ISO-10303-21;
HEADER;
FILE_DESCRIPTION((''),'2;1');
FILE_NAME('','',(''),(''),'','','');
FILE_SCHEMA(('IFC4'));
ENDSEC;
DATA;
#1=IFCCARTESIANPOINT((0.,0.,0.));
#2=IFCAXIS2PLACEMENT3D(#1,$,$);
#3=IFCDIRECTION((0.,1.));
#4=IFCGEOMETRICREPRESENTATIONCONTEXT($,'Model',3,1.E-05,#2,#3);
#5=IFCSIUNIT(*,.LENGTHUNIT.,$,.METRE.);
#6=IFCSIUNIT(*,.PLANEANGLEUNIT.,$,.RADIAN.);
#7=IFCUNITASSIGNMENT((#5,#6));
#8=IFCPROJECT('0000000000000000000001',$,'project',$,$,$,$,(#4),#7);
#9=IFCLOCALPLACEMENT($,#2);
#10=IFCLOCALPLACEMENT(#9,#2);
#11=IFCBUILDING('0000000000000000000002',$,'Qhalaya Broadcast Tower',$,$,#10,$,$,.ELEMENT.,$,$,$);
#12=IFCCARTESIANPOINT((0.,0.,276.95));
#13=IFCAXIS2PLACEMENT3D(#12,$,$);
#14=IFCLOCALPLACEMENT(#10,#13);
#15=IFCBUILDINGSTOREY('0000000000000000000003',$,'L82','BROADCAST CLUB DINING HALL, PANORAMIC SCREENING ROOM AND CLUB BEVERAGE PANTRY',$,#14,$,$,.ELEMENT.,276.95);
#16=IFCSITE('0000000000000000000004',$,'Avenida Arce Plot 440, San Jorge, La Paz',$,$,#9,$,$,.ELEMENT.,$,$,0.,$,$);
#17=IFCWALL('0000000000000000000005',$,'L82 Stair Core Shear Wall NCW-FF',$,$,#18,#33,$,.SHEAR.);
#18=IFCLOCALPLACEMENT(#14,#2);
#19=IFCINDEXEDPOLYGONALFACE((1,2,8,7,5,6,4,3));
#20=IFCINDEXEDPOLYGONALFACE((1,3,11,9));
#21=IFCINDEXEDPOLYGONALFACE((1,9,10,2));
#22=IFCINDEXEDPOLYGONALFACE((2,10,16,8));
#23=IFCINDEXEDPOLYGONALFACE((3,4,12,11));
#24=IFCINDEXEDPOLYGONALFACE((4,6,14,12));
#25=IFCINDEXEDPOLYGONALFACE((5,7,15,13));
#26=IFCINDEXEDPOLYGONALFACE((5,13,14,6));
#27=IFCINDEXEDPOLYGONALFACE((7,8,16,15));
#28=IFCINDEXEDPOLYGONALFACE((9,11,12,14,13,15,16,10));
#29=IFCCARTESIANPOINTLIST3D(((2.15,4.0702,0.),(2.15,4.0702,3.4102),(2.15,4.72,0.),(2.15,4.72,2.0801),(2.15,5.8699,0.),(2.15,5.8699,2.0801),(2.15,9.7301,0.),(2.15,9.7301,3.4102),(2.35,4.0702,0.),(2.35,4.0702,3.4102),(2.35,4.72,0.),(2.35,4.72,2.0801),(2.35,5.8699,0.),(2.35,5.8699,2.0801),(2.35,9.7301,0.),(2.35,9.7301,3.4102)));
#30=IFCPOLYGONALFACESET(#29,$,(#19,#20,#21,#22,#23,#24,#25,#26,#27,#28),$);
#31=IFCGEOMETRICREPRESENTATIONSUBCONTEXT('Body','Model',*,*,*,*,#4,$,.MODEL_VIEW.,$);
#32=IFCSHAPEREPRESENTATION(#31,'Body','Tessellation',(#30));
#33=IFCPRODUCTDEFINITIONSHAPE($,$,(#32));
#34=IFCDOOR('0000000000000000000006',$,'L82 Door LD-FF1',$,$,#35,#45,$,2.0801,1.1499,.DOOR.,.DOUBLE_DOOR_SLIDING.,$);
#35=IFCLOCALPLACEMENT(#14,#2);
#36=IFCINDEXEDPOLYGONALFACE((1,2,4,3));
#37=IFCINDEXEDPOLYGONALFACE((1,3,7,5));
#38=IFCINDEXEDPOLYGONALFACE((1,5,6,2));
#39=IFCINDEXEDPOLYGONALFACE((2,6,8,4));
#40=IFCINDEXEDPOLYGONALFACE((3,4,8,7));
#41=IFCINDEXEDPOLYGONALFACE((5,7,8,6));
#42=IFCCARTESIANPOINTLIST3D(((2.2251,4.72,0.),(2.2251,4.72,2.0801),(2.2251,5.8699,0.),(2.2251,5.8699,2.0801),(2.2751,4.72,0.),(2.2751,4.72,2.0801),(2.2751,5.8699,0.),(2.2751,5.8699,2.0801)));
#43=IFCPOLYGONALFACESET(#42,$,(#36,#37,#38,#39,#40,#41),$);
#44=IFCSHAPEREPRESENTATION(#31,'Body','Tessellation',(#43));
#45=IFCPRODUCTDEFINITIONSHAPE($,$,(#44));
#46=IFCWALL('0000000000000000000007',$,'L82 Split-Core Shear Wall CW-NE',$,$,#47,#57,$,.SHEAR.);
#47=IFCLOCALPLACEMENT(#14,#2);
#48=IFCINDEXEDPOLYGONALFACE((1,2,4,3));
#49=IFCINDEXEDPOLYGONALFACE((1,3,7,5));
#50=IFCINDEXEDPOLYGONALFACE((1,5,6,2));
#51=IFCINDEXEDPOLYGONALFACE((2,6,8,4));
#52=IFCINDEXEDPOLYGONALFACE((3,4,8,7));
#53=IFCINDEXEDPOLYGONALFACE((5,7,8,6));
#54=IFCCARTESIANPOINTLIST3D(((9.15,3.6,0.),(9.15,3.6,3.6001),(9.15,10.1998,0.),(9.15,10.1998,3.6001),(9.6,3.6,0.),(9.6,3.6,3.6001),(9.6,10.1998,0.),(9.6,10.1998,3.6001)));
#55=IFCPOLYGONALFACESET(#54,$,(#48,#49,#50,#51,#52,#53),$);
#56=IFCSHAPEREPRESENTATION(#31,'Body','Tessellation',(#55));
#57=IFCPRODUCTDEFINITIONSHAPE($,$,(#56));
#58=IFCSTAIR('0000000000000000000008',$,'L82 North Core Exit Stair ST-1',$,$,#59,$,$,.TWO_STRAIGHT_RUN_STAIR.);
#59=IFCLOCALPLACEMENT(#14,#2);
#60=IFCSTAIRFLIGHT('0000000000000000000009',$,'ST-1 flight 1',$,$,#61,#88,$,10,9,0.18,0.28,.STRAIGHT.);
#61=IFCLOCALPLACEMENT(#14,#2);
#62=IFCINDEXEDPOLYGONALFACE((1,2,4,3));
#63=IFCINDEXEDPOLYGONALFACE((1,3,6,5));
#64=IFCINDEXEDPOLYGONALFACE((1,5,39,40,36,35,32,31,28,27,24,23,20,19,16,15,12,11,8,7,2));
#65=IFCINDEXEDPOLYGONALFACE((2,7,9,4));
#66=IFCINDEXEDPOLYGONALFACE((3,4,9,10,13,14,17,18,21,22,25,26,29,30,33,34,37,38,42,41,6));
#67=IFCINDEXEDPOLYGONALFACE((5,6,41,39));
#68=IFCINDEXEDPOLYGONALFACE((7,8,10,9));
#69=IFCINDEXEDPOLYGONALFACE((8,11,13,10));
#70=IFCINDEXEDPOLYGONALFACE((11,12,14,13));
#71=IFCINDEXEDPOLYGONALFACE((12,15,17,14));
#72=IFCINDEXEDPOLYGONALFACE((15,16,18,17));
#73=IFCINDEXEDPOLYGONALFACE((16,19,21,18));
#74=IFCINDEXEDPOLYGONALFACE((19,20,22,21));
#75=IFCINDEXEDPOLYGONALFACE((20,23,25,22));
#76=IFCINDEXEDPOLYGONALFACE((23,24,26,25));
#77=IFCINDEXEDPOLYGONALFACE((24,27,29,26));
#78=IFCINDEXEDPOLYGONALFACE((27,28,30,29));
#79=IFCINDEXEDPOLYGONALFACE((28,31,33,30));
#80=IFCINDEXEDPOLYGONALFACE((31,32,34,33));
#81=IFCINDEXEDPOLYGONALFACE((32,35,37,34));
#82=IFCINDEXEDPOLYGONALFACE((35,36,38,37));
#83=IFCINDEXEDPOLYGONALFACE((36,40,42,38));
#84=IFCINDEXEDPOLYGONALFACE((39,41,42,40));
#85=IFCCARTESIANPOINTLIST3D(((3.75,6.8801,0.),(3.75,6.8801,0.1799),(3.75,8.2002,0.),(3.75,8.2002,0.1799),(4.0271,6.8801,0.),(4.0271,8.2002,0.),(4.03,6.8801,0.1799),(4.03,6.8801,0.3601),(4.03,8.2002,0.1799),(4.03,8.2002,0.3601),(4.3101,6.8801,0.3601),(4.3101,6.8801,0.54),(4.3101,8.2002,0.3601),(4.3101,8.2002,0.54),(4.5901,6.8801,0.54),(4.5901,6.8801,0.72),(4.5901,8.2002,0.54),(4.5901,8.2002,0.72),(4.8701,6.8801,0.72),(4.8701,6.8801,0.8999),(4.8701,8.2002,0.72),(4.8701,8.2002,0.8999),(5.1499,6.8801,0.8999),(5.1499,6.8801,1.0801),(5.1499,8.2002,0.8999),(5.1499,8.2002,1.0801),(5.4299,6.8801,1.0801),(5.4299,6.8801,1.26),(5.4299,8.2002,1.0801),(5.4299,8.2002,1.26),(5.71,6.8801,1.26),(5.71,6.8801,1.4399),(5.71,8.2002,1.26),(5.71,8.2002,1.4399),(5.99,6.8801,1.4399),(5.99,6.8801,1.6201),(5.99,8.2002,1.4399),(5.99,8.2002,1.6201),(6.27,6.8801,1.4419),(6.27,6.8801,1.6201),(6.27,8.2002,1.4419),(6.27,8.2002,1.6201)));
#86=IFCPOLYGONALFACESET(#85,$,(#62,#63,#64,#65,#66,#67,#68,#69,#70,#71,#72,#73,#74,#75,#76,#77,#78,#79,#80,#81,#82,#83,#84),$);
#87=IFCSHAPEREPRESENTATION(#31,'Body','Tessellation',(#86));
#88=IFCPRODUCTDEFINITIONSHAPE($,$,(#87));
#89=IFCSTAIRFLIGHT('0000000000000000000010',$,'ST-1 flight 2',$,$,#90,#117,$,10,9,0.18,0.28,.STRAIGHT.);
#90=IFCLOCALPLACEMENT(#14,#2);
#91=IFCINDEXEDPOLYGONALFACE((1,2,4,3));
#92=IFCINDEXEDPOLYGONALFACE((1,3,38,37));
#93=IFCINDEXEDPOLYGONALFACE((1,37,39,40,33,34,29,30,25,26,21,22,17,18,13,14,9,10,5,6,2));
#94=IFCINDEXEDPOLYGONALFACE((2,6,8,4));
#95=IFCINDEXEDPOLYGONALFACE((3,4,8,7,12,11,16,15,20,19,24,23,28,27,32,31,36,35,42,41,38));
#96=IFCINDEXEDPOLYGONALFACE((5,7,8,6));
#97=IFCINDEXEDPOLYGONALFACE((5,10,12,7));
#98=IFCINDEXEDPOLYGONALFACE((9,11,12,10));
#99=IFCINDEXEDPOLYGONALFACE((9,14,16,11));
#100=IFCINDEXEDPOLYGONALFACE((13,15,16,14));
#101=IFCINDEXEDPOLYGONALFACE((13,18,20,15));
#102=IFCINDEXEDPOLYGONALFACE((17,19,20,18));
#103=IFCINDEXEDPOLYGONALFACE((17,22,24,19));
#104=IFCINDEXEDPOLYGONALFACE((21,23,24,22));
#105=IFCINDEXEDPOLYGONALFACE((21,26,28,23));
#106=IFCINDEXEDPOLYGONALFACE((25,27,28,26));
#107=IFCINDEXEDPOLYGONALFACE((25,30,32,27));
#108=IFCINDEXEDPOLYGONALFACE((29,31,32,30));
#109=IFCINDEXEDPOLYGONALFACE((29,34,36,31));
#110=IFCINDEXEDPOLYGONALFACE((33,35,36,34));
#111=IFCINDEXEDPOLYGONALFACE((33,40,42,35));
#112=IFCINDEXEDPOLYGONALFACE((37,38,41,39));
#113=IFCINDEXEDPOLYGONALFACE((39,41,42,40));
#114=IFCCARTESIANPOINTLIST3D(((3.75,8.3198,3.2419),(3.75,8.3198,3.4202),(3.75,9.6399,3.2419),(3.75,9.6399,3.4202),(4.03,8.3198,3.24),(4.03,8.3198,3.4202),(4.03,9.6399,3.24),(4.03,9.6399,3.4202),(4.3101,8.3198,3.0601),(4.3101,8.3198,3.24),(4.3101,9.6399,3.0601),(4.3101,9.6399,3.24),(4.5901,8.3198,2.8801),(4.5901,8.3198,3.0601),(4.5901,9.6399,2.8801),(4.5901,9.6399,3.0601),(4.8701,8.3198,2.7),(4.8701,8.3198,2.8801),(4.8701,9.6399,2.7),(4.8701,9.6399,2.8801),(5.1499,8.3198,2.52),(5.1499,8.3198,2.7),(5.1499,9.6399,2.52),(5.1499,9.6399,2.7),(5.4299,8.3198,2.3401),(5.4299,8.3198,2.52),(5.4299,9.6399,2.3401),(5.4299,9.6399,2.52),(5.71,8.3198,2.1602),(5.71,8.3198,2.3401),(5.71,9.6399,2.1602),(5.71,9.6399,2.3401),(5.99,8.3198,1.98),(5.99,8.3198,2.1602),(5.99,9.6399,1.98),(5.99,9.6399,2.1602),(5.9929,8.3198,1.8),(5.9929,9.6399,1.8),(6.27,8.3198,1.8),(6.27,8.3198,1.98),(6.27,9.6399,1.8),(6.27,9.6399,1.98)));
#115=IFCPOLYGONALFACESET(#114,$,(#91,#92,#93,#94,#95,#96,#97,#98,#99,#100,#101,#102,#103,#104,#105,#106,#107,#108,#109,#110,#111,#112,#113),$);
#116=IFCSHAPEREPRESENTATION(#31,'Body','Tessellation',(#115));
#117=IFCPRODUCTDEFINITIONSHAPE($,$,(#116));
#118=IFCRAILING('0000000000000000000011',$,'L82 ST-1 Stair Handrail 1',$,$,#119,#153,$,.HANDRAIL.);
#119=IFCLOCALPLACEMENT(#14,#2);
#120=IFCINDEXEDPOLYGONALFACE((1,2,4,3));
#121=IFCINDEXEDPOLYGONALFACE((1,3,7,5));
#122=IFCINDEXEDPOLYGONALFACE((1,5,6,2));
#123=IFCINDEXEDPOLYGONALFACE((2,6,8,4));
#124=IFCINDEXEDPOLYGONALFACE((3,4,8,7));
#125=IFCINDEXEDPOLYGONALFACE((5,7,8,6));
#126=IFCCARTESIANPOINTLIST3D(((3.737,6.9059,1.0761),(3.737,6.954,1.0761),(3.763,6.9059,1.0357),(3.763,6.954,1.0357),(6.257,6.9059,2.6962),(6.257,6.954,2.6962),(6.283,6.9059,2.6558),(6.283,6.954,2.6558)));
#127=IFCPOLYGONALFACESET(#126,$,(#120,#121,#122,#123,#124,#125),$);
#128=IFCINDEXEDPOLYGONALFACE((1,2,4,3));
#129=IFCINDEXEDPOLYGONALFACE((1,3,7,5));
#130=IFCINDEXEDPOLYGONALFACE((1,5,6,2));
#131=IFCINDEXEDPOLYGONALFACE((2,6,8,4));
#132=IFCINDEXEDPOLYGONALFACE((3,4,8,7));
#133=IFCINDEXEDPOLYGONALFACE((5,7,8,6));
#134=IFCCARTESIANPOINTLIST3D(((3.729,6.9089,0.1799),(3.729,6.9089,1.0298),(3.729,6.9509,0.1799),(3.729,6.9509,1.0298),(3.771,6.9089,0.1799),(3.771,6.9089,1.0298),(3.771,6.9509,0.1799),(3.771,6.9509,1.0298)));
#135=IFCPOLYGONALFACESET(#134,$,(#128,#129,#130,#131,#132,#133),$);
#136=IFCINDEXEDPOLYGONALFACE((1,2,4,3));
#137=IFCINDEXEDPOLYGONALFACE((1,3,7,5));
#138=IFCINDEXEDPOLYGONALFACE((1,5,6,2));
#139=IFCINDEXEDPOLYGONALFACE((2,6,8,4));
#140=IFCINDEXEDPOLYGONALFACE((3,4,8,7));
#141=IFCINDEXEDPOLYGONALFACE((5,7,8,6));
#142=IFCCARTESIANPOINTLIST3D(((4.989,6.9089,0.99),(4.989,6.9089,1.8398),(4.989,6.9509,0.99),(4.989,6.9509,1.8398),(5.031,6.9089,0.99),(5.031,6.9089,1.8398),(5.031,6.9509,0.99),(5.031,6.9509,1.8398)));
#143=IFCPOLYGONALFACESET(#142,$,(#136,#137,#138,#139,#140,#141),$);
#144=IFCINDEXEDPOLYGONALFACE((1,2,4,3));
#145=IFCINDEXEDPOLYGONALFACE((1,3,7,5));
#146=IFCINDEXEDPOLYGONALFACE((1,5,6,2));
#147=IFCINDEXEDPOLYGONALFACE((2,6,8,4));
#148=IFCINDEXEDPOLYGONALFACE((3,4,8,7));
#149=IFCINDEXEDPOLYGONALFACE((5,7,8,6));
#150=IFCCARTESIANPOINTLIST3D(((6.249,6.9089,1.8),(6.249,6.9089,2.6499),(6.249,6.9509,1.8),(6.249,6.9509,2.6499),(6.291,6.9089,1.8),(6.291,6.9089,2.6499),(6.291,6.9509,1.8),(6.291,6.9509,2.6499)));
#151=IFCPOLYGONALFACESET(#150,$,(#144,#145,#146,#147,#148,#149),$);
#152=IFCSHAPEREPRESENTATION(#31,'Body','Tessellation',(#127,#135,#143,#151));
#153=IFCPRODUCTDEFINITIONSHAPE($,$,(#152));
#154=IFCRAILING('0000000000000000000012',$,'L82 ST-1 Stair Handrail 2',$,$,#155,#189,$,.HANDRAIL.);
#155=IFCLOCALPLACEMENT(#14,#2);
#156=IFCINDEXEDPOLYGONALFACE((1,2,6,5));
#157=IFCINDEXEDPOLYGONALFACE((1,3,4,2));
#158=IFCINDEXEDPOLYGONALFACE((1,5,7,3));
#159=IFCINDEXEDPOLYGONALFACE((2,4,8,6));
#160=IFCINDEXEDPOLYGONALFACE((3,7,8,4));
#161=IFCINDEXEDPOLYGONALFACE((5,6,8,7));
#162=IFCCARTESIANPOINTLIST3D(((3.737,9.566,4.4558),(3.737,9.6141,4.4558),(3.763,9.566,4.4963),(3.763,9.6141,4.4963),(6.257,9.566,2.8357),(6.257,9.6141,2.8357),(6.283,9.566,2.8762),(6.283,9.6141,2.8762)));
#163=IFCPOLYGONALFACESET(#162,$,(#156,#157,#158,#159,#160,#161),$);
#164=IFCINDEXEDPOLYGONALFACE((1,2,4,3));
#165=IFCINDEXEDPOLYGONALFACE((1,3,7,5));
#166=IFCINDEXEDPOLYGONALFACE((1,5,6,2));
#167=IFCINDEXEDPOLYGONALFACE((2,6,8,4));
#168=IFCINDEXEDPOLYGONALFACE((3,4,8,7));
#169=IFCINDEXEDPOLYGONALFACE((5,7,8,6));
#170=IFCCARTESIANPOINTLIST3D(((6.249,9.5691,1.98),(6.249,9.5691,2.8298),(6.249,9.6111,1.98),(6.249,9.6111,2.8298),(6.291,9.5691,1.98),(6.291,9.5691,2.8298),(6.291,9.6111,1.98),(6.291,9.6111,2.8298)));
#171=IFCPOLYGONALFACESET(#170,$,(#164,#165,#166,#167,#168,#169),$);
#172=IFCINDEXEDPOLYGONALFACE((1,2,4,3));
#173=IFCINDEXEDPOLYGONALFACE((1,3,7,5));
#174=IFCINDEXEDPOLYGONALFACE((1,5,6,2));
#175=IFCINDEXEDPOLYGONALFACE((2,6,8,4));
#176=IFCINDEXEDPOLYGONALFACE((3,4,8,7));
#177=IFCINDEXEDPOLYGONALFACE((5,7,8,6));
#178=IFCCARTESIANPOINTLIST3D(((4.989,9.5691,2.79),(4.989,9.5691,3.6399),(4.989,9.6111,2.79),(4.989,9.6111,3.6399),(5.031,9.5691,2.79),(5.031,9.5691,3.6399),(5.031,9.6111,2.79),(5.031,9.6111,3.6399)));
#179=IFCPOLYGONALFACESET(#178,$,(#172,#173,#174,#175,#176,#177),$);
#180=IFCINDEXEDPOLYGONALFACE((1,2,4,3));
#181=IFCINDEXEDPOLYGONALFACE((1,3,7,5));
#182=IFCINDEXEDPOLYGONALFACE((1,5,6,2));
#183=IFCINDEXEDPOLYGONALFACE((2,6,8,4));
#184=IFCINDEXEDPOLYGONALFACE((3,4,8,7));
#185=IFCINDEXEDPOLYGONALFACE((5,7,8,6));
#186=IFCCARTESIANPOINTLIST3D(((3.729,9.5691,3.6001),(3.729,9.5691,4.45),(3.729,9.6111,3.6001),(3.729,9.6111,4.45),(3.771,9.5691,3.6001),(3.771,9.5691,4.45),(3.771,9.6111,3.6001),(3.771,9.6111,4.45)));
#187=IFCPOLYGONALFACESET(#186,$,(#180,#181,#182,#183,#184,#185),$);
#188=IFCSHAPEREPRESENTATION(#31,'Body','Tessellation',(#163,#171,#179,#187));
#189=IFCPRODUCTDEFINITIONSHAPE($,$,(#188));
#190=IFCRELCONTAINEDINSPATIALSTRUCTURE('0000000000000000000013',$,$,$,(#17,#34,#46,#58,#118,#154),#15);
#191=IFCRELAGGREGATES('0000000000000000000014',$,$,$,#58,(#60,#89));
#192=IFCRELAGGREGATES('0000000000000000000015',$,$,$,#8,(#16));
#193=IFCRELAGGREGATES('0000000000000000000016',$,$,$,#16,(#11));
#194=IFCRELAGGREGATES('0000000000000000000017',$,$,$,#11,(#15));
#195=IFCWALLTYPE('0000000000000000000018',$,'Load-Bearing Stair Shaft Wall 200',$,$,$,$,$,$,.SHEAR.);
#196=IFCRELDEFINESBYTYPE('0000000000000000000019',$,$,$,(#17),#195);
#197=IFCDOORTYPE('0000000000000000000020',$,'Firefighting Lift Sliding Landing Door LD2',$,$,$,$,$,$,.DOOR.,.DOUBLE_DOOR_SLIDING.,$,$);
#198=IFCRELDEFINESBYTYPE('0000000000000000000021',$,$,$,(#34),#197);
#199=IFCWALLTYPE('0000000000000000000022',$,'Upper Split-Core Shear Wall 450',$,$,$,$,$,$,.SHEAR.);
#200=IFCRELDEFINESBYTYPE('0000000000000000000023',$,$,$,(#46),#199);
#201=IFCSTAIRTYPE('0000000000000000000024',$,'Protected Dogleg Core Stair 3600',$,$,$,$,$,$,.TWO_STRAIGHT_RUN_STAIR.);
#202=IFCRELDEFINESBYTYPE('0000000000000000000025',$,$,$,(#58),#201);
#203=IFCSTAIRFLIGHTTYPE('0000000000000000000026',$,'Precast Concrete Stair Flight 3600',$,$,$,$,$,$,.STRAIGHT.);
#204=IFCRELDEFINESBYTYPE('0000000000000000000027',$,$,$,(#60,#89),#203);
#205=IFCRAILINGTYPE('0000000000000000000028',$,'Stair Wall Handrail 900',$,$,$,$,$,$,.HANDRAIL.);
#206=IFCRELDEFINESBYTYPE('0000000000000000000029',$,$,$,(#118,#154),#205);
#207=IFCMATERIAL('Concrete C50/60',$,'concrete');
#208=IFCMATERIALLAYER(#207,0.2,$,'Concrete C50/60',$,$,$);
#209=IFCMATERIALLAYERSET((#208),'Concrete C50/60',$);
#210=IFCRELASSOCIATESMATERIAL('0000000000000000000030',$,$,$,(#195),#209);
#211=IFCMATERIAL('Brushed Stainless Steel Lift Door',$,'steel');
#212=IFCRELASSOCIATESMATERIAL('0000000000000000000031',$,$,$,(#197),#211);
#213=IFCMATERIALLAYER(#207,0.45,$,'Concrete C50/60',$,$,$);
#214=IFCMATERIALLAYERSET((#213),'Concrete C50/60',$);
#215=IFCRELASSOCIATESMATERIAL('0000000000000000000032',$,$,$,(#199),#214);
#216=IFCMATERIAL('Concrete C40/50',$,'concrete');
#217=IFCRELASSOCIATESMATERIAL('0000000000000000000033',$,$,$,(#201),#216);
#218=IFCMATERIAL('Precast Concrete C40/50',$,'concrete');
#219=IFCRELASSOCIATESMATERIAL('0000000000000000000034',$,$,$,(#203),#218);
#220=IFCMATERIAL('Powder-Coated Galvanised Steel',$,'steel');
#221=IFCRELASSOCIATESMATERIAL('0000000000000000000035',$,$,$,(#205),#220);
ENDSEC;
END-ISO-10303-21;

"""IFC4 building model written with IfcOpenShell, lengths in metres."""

from ifc_helpers import new_model, si_unit, direction, frame, frame_2d, origin, origin_2d, place, context, subcontext, project, spatial, polyline, rectangle, outline, extrude, material, layer, layer_set, type_object, element, fill, aggregate, save


model = new_model("IFC4")

# Units and contexts
model_context = context("Model", 3, precision=1e-05, world=origin(), true_north=direction((0.0, 1.0)))
body_context = subcontext(model_context, "Body", "Model", "MODEL_VIEW")
ifc_project = project(units=[si_unit("LENGTHUNIT", "METRE"), si_unit("PLANEANGLEUNIT", "RADIAN")], contexts=[model_context])

# Site, building, storey
site_placement = place(None, origin())
site = spatial("IfcSite", under=ifc_project, at=site_placement, Name="Avenida Arce Plot 440, San Jorge, La Paz", CompositionType="ELEMENT", RefElevation=0.0)
building_placement = place(site_placement, origin())
building = spatial("IfcBuilding", under=site, at=building_placement, Name="Qhalaya Broadcast Tower", CompositionType="ELEMENT")
storey_placement = place(building_placement, frame((0.0, 0.0, 276.95)))
storey = spatial("IfcBuildingStorey", under=building, at=storey_placement, Name="L82", Description="BROADCAST CLUB DINING HALL, PANORAMIC SCREENING ROOM AND CLUB BEVERAGE PANTRY", CompositionType="ELEMENT", Elevation=276.95)

# Shared definitions
ifc_material_1 = material(Name="Concrete C50/60", Category="concrete")

# Wall, opening, door
ifc_layer_1 = layer(ifc_material_1, 0.2, Name="Concrete C50/60")
ifc_layer_set_1 = layer_set([ifc_layer_1], Name="Concrete C50/60")
wall_type_1 = type_object("IfcWallType", Name="Load-Bearing Stair Shaft Wall 200", PredefinedType="SHEAR", material=ifc_layer_set_1)
wall_1_placement = place(storey_placement, frame((2.25, 4.0701, 0.0), z_axis=(0.0, 0.0, 1.0), x_axis=(0.0, 1.0, 0.0)))
wall_1 = element("IfcWall", 1, at=wall_1_placement, inside=storey, type_object=wall_type_1, Name="L82 Stair Core Shear Wall NCW-FF", PredefinedType="SHEAR", context=body_context, shape_type="SweptSolid", body=[
    extrude(rectangle(XDim=5.6599, YDim=0.2, at=frame_2d((2.8301, 0.0))), origin(), (0.0, 0.0, 1.0), 3.4102),
])
opening_1_placement = place(wall_1_placement, frame((0.6499, 0.0, 0.0)))
opening_1 = element("IfcOpeningElement", 2, at=opening_1_placement, cuts=wall_1, PredefinedType="OPENING", context=body_context, shape_type="SweptSolid", body=[
    extrude(rectangle(XDim=1.1499, YDim=2.0801, at=frame_2d((0.575, 1.04))), frame((0.0, 0.1121, 0.0), z_axis=(0.0, -1.0, 0.0), x_axis=(1.0, 0.0, 0.0)), (0.0, 0.0, 1.0), 0.2239),
])
ifc_material_2 = material(Name="Brushed Stainless Steel Lift Door", Category="steel")
door_type_1 = type_object("IfcDoorType", Name="Firefighting Lift Sliding Landing Door LD2", OperationType="DOUBLE_DOOR_SLIDING", PredefinedType="DOOR", material=ifc_material_2)
door_1_placement = place(opening_1_placement, origin())
door_1 = element("IfcDoor", 3, at=door_1_placement, inside=storey, type_object=door_type_1, Name="L82 Door LD-FF1", OperationType="DOUBLE_DOOR_SLIDING", OverallHeight=2.0801, OverallWidth=1.1499, PredefinedType="DOOR", context=body_context, shape_type="SweptSolid", body=[
    extrude(rectangle(XDim=1.1499, YDim=2.0801, at=frame_2d((0.575, 1.04))), frame((0.0, 0.0249, 0.0), z_axis=(0.0, -1.0, 0.0), x_axis=(1.0, 0.0, 0.0)), (0.0, 0.0, 1.0), 0.05),
])
fill(opening_1, door_1)

# Wall
ifc_layer_2 = layer(ifc_material_1, 0.45, Name="Concrete C50/60")
ifc_layer_set_2 = layer_set([ifc_layer_2], Name="Concrete C50/60")
wall_type_2 = type_object("IfcWallType", Name="Upper Split-Core Shear Wall 450", PredefinedType="SHEAR", material=ifc_layer_set_2)
wall_2_placement = place(storey_placement, frame((9.375, 3.6001, 0.0), z_axis=(0.0, 0.0, 1.0), x_axis=(0.0, 1.0, 0.0)))
element("IfcWall", 4, at=wall_2_placement, inside=storey, type_object=wall_type_2, Name="L82 Split-Core Shear Wall CW-NE", PredefinedType="SHEAR", context=body_context, shape_type="SweptSolid", body=[
    extrude(rectangle(XDim=6.5999, YDim=0.45, at=frame_2d((3.2998, 0.0))), origin(), (0.0, 0.0, 1.0), 3.6001),
])

# Stair, stair flights
ifc_material_3 = material(Name="Concrete C40/50", Category="concrete")
stair_type = type_object("IfcStairType", Name="Protected Dogleg Core Stair 3600", PredefinedType="TWO_STRAIGHT_RUN_STAIR", material=ifc_material_3)
stair_placement = place(storey_placement, origin())
stair = element("IfcStair", 5, at=stair_placement, inside=storey, type_object=stair_type, Name="L82 North Core Exit Stair ST-1", PredefinedType="TWO_STRAIGHT_RUN_STAIR")
ifc_material_4 = material(Name="Precast Concrete C40/50", Category="concrete")
stair_flight_type = type_object("IfcStairFlightType", Name="Precast Concrete Stair Flight 3600", PredefinedType="STRAIGHT", material=ifc_material_4)
stair_flight_1_placement = place(storey_placement, frame((3.75, 7.54, 0.0), z_axis=(0.0, 0.0, 1.0), x_axis=(1.0, 0.0, 0.0)))
stair_flight_1 = element("IfcStairFlight", 6, at=stair_flight_1_placement, type_object=stair_flight_type, Name="ST-1 flight 1", NumberOfRisers=10, NumberOfTreads=9, PredefinedType="STRAIGHT", RiserHeight=0.18, TreadLength=0.28, context=body_context, shape_type="SweptSolid", body=[
    extrude(outline(polyline([(0.0, 0.0), (0.0, 0.1799), (0.28, 0.1799), (0.28, 0.3601), (0.5601, 0.3601), (0.5601, 0.54), (0.8401, 0.54), (0.8401, 0.72), (1.1201, 0.72), (1.1201, 0.8999), (1.3999, 0.8999), (1.3999, 1.0801), (1.6799, 1.0801), (1.6799, 1.26), (1.96, 1.26), (1.96, 1.4399), (2.24, 1.4399), (2.24, 1.6201), (2.52, 1.6201), (2.52, 1.8), (2.52, 1.4419), (0.2771, 0.0), (0.0, 0.0)])), frame((0.0, 0.6602, 0.0), z_axis=(0.0, -1.0, 0.0), x_axis=(1.0, 0.0, 0.0)), (0.0, 0.0, 1.0), 1.3201),
])
stair_flight_2_placement = place(storey_placement, frame((6.27, 8.98, 1.8), z_axis=(0.0, 0.0, 1.0), x_axis=(-1.0, 0.0, 0.0)))
stair_flight_2 = element("IfcStairFlight", 7, at=stair_flight_2_placement, type_object=stair_flight_type, Name="ST-1 flight 2", NumberOfRisers=10, NumberOfTreads=9, PredefinedType="STRAIGHT", RiserHeight=0.18, TreadLength=0.28, context=body_context, shape_type="SweptSolid", body=[
    extrude(outline(polyline([(0.0, 0.0), (0.0, 0.1799), (0.28, 0.1799), (0.28, 0.3601), (0.5601, 0.3601), (0.5601, 0.54), (0.8401, 0.54), (0.8401, 0.72), (1.1201, 0.72), (1.1201, 0.8999), (1.3999, 0.8999), (1.3999, 1.0801), (1.6799, 1.0801), (1.6799, 1.26), (1.96, 1.26), (1.96, 1.4399), (2.24, 1.4399), (2.24, 1.6201), (2.52, 1.6201), (2.52, 1.8), (2.52, 1.4419), (0.2771, 0.0), (0.0, 0.0)])), frame((0.0, 0.6602, 0.0), z_axis=(0.0, -1.0, 0.0), x_axis=(1.0, 0.0, 0.0)), (0.0, 0.0, 1.0), 1.3201),
])
aggregate(stair, [stair_flight_1, stair_flight_2])

# Railings
ifc_material_5 = material(Name="Powder-Coated Galvanised Steel", Category="steel")
railing_type_1 = type_object("IfcRailingType", Name="Stair Wall Handrail 900", PredefinedType="HANDRAIL", material=ifc_material_5)
railing_1_placement = place(storey_placement, frame((3.75, 6.9299, 0.1799)))
element("IfcRailing", 8, at=railing_1_placement, inside=storey, type_object=railing_type_1, Name="L82 ST-1 Stair Handrail 1", PredefinedType="HANDRAIL", context=body_context, shape_type="SweptSolid", body=[
    extrude(rectangle(XDim=0.0481, YDim=0.0481, at=origin_2d()), frame((0.0, 0.0, 0.876), z_axis=(0.841163, 0.0, 0.540782), x_axis=(0.0, 1.0, 0.0)), (0.0, 0.0, 1.0), 2.9958),
    extrude(rectangle(XDim=0.042, YDim=0.042, at=origin_2d()), origin(), (0.0, 0.0, 1.0), 0.8499),
    extrude(rectangle(XDim=0.042, YDim=0.042, at=origin_2d()), frame((1.26, 0.0, 0.8101)), (0.0, 0.0, 1.0), 0.8499),
    extrude(rectangle(XDim=0.042, YDim=0.042, at=origin_2d()), frame((2.52, 0.0, 1.6201)), (0.0, 0.0, 1.0), 0.8499),
])
railing_2_placement = place(storey_placement, frame((6.27, 9.5901, 1.98)))
element("IfcRailing", 9, at=railing_2_placement, inside=storey, type_object=railing_type_1, Name="L82 ST-1 Stair Handrail 2", PredefinedType="HANDRAIL", context=body_context, shape_type="SweptSolid", body=[
    extrude(rectangle(XDim=0.0481, YDim=0.0481, at=origin_2d()), frame((0.0, 0.0, 0.876), z_axis=(-0.841163, 0.0, 0.540782), x_axis=(0.0, -1.0, 0.0)), (0.0, 0.0, 1.0), 2.9958),
    extrude(rectangle(XDim=0.042, YDim=0.042, at=origin_2d()), origin(), (0.0, 0.0, 1.0), 0.8499),
    extrude(rectangle(XDim=0.042, YDim=0.042, at=origin_2d()), frame((-1.26, 0.0, 0.8101)), (0.0, 0.0, 1.0), 0.8499),
    extrude(rectangle(XDim=0.042, YDim=0.042, at=origin_2d()), frame((-2.52, 0.0, 1.6201)), (0.0, 0.0, 1.0), 0.8499),
])

save(model, "model.ifc")
